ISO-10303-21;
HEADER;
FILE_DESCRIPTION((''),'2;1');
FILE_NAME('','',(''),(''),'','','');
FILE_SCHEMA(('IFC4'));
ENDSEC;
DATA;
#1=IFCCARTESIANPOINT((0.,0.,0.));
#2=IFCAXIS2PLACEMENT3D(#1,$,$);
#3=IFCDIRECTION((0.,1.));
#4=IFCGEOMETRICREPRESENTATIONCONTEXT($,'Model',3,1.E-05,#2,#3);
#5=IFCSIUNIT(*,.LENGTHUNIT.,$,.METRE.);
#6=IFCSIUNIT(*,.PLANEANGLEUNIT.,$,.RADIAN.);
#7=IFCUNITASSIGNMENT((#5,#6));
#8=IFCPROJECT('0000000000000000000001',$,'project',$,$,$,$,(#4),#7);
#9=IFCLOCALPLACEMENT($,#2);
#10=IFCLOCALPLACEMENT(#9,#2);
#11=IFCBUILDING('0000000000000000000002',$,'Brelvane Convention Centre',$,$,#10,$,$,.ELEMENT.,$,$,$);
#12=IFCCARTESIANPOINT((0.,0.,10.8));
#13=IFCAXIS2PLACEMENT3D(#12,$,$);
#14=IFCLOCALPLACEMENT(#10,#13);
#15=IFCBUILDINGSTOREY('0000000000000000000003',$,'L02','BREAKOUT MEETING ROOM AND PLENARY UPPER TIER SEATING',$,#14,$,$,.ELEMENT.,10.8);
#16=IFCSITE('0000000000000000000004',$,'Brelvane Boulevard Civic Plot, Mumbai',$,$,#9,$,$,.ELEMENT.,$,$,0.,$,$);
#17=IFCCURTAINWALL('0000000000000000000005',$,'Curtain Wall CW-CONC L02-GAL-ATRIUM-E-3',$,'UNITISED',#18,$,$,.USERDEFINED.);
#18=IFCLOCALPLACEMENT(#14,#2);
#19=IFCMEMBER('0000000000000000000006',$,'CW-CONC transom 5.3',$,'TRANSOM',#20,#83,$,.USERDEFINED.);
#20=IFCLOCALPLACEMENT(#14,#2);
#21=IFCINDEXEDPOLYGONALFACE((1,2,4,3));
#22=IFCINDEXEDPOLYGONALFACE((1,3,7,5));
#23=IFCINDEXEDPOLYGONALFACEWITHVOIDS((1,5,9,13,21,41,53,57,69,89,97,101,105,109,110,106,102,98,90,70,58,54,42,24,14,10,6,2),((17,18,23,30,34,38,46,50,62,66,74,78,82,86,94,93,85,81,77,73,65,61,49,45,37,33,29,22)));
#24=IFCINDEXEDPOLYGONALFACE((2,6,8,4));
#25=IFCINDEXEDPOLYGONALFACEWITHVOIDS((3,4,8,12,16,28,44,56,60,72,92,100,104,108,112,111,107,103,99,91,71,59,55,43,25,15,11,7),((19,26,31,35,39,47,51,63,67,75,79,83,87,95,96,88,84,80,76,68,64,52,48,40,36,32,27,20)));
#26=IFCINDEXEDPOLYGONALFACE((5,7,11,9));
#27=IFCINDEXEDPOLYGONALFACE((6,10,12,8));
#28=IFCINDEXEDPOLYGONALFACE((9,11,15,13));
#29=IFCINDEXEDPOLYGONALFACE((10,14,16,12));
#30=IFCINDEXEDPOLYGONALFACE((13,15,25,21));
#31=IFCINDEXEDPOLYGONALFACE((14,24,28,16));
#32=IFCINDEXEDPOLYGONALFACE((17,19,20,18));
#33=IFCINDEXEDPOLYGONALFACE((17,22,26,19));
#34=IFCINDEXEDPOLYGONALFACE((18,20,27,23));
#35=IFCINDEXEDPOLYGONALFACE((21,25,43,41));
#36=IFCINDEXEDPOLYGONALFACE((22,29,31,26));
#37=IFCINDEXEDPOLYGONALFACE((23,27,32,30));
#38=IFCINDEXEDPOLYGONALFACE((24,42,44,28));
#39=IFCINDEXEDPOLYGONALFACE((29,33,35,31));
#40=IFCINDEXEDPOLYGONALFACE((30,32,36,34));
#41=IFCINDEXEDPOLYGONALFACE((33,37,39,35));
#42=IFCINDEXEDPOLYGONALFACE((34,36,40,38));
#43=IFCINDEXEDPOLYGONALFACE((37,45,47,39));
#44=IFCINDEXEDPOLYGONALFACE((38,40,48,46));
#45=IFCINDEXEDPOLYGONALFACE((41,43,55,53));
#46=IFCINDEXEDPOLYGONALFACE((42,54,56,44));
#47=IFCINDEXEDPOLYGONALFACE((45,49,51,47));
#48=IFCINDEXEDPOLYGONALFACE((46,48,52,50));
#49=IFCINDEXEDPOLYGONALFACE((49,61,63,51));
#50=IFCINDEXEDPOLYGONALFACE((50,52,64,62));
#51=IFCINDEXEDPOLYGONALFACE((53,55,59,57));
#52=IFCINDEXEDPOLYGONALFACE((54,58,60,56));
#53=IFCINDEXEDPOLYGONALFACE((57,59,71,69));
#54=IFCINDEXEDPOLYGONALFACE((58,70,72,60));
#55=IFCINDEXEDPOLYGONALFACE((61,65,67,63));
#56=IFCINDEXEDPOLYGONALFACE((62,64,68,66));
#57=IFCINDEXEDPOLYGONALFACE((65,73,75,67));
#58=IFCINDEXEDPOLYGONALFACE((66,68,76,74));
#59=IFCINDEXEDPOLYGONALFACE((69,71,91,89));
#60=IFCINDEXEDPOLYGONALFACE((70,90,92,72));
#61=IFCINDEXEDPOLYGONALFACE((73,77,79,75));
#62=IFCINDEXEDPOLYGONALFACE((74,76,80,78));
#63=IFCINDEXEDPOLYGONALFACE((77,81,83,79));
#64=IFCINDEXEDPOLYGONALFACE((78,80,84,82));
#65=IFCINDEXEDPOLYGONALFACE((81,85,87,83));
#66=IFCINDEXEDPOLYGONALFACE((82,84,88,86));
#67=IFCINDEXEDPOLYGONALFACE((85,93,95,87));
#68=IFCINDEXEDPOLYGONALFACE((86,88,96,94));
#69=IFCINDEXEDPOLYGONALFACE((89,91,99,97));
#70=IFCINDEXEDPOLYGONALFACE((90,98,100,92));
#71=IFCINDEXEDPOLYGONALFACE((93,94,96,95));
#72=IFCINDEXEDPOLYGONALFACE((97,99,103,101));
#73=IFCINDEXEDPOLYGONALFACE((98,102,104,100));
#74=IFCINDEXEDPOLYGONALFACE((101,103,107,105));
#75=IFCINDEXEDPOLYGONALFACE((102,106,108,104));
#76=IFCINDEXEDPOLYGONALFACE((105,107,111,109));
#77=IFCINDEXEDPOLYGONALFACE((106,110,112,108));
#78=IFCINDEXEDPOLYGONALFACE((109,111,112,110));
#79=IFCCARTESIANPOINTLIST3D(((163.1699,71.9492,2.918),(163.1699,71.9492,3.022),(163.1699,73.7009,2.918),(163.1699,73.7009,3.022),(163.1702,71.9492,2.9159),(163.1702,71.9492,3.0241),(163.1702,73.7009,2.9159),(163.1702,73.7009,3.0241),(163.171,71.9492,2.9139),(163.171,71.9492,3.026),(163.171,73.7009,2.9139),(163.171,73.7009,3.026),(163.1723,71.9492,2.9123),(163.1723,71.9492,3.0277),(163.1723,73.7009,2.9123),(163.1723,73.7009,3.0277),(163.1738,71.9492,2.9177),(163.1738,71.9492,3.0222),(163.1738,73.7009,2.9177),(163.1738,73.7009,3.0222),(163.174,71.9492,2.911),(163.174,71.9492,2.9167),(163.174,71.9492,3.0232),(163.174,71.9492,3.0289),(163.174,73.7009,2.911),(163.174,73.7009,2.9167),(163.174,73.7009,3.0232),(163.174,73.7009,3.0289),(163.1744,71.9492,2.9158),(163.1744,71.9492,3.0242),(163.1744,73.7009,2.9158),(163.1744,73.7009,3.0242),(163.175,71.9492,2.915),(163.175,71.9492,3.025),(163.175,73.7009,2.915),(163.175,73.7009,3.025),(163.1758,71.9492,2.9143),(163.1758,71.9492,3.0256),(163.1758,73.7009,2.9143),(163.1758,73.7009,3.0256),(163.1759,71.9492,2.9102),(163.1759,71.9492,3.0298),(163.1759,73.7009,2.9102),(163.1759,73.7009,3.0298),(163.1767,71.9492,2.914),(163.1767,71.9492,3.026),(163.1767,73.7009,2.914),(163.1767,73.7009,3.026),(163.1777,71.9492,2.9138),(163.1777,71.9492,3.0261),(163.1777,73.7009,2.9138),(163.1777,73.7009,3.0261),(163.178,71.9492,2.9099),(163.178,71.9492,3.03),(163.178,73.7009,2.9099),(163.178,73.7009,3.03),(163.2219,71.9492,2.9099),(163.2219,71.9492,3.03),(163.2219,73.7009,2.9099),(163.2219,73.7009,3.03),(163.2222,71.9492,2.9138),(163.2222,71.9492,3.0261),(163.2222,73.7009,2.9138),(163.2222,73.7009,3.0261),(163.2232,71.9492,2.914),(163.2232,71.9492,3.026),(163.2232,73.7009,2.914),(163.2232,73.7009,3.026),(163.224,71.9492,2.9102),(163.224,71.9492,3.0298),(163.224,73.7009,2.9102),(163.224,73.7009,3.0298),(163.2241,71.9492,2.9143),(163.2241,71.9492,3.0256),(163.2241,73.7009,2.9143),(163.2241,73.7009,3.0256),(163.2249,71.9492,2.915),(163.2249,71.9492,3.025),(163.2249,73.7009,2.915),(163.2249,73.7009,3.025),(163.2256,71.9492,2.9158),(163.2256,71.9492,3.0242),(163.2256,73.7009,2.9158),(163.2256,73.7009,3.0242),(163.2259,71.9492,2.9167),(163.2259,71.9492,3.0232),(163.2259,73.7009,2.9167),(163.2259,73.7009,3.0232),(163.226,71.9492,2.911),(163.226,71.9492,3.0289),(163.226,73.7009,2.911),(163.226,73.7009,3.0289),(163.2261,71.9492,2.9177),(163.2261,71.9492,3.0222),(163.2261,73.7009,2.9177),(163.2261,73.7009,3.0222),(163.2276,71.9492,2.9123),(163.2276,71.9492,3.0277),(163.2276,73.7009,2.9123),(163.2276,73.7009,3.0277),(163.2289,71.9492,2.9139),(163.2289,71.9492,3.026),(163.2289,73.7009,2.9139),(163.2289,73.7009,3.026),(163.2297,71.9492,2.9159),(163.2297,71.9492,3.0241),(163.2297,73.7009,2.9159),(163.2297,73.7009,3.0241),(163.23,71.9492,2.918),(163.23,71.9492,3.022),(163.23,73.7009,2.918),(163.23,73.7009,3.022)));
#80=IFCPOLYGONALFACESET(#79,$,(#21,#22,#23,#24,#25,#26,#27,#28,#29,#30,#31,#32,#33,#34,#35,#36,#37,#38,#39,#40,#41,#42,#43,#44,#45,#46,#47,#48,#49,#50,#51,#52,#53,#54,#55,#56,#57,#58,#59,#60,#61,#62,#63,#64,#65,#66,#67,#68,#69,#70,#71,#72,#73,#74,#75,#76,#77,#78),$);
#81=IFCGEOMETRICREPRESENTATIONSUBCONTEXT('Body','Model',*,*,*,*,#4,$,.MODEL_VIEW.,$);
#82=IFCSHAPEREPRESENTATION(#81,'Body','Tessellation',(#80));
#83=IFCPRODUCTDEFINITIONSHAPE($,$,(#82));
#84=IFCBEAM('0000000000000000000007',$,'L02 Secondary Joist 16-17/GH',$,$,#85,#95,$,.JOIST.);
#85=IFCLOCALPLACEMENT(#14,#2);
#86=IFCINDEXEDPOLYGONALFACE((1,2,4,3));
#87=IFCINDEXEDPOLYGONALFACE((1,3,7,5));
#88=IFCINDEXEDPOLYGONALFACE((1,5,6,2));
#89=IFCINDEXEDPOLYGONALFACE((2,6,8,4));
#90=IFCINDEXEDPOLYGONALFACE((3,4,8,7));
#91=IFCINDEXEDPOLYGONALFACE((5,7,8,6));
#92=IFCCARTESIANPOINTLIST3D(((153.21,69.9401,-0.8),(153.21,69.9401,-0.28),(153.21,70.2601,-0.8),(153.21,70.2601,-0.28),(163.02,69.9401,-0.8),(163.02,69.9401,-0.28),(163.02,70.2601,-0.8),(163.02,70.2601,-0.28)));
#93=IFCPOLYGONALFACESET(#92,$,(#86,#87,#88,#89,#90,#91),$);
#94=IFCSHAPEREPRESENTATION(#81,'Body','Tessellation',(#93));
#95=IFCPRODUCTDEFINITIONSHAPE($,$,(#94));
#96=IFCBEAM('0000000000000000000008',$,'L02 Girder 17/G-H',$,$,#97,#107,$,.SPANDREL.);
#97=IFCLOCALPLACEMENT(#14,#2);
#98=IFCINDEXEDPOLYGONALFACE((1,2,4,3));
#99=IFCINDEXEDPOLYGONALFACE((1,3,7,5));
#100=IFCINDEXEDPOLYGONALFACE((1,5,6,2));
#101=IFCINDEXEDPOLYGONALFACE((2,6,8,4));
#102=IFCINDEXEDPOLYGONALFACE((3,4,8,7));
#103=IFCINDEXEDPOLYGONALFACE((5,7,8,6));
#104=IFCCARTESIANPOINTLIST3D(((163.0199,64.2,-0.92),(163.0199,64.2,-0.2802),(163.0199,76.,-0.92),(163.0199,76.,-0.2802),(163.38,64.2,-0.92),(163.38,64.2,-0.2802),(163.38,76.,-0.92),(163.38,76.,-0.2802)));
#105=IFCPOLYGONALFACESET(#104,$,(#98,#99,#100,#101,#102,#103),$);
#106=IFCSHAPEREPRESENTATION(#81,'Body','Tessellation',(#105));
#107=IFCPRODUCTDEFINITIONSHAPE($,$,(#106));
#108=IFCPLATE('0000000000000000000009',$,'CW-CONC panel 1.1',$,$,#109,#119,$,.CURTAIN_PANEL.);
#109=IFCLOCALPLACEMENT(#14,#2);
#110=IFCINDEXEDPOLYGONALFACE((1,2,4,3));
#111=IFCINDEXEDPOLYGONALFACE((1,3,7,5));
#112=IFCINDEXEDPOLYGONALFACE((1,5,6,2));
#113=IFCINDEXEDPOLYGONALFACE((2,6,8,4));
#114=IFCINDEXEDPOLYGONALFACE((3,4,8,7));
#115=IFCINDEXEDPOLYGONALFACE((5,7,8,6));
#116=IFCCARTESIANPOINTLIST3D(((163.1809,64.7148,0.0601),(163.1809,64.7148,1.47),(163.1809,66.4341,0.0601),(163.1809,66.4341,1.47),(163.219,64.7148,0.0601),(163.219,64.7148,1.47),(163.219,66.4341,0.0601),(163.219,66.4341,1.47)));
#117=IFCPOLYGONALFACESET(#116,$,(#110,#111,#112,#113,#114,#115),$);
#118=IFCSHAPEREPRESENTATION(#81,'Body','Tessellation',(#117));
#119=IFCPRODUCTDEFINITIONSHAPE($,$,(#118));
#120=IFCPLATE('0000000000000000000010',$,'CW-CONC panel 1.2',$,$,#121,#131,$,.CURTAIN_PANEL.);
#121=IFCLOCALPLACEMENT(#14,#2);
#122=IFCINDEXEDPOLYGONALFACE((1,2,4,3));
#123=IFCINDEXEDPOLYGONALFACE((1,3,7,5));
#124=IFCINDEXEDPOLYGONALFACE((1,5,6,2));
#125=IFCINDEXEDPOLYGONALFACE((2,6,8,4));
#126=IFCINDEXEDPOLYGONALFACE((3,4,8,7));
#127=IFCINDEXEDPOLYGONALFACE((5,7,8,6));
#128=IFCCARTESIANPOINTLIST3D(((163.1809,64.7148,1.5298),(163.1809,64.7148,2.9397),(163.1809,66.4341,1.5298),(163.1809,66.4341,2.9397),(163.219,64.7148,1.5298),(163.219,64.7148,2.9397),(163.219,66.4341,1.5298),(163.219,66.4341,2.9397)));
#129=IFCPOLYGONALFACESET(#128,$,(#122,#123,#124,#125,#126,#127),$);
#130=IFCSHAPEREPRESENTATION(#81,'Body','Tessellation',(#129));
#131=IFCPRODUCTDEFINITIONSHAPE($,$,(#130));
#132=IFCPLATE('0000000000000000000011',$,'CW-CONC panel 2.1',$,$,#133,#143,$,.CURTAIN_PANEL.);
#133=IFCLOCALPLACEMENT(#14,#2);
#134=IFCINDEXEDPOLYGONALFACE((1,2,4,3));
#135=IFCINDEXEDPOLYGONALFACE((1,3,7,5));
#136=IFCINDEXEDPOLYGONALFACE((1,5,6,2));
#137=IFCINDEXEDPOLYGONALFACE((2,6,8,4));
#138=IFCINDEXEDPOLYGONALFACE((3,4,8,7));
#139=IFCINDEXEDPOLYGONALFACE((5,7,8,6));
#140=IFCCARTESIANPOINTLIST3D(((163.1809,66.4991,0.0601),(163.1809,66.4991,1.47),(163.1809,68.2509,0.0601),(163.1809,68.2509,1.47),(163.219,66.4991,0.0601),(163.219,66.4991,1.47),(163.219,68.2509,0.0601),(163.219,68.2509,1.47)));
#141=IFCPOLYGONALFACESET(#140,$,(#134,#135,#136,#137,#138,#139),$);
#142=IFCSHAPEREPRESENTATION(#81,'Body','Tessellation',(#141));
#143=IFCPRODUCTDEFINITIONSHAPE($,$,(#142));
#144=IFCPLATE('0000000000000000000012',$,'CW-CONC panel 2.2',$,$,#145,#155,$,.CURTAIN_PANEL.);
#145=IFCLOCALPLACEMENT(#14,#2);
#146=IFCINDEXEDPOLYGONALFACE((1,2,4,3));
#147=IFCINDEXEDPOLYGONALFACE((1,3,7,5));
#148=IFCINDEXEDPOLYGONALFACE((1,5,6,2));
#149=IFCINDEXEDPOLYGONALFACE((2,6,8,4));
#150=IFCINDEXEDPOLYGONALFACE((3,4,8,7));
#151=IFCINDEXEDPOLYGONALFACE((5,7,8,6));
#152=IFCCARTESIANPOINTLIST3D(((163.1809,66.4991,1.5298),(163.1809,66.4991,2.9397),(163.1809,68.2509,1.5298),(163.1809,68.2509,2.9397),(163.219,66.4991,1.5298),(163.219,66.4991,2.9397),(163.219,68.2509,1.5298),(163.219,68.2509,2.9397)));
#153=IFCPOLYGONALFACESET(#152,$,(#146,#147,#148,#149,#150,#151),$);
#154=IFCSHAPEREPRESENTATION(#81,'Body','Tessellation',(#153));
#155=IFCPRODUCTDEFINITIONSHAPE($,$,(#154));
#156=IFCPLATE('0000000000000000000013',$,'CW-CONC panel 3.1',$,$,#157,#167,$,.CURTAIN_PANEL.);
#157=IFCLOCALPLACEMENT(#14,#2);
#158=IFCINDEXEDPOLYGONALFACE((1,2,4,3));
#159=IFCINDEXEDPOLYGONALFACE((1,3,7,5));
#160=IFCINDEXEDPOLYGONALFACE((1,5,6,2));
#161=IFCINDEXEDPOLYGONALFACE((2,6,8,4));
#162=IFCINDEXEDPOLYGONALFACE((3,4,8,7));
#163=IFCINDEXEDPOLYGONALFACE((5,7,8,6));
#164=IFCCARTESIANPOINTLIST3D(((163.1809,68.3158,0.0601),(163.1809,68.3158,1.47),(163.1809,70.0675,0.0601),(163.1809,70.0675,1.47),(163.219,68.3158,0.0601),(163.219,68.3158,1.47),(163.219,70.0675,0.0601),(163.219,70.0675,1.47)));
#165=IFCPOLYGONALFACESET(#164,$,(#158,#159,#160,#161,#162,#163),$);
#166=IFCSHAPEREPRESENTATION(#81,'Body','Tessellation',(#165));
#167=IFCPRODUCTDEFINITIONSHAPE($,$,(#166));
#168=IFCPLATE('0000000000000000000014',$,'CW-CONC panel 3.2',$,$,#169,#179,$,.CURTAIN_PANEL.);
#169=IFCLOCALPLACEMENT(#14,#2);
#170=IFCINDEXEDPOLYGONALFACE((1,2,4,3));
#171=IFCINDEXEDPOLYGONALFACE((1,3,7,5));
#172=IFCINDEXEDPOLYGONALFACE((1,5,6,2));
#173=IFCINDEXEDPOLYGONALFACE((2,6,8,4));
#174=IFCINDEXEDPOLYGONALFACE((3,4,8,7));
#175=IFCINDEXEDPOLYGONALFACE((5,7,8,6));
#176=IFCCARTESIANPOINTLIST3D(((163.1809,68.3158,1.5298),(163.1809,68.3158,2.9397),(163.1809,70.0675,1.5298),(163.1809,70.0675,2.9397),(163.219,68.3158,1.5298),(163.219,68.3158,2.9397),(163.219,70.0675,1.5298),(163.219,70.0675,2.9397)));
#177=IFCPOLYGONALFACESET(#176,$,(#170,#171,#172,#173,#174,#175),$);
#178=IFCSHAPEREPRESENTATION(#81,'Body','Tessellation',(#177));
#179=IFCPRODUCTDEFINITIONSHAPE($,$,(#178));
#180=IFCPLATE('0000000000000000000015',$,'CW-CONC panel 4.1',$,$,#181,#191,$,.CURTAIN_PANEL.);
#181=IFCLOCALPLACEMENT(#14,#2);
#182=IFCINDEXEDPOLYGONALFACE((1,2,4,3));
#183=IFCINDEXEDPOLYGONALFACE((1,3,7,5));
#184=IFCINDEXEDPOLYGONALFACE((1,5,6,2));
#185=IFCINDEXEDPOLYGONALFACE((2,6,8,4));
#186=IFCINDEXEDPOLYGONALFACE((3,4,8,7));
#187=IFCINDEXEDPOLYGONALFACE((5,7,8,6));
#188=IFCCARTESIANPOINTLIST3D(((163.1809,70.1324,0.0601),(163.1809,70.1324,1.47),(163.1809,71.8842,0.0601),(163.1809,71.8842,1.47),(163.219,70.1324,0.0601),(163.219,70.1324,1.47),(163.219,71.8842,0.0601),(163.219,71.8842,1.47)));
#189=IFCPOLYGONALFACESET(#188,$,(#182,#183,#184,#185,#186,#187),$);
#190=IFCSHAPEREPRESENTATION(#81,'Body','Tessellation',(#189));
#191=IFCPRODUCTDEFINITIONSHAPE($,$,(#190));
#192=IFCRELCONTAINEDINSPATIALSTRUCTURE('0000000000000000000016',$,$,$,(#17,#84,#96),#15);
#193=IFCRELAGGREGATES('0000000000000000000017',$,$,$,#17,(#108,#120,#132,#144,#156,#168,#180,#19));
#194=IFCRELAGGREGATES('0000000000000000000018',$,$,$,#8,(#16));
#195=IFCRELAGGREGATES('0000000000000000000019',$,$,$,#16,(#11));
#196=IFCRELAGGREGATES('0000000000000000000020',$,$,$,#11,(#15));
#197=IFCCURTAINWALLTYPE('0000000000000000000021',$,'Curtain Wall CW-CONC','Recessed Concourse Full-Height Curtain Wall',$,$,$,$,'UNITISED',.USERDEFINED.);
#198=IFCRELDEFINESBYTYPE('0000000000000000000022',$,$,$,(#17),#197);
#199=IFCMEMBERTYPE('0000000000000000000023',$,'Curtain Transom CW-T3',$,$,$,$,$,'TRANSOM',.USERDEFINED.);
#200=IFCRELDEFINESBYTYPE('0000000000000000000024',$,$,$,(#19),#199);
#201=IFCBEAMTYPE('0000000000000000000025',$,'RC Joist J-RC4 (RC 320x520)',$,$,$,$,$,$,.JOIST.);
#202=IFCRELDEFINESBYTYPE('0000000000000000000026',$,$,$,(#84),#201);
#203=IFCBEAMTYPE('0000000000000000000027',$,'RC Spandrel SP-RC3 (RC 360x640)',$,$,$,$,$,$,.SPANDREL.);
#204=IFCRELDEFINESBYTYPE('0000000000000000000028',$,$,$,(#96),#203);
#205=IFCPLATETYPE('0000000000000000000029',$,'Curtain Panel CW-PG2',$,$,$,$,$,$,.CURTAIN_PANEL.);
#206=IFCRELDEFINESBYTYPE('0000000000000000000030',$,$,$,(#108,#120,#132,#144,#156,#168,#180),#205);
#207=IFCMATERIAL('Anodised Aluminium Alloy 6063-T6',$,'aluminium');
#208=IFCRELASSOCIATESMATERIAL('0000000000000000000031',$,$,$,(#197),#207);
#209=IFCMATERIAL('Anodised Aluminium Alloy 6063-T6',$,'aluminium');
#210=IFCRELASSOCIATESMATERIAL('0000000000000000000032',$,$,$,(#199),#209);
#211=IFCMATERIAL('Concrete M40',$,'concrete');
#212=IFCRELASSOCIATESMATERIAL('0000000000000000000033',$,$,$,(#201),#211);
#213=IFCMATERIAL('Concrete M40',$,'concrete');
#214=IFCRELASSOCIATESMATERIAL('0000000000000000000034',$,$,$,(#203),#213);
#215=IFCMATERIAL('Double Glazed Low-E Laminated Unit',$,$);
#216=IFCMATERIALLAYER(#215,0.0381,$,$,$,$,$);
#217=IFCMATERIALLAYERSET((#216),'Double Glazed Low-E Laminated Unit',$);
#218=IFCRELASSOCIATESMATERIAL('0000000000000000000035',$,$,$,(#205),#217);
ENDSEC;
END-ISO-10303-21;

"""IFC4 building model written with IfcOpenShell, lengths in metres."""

from ifc_helpers import new_model, si_unit, direction, frame, origin, origin_2d, place, context, subcontext, project, spatial, rectangle, hollow_rectangle, extrude, material, layer, layer_set, material_profile, profile_set, type_object, element, aggregate, save


model = new_model("IFC4")

# Units and contexts
model_context = context("Model", 3, precision=1e-05, world=origin(), true_north=direction((0.0, 1.0)))
body_context = subcontext(model_context, "Body", "Model", "MODEL_VIEW")
ifc_project = project(units=[si_unit("LENGTHUNIT", "METRE"), si_unit("PLANEANGLEUNIT", "RADIAN")], contexts=[model_context])

# Site, building, storey
site_placement = place(None, origin())
site = spatial("IfcSite", under=ifc_project, at=site_placement, Name="Brelvane Boulevard Civic Plot, Mumbai", CompositionType="ELEMENT", RefElevation=0.0)
building_placement = place(site_placement, origin())
building = spatial("IfcBuilding", under=site, at=building_placement, Name="Brelvane Convention Centre", CompositionType="ELEMENT")
storey_placement = place(building_placement, frame((0.0, 0.0, 10.8)))
storey = spatial("IfcBuildingStorey", under=building, at=storey_placement, Name="L02", Description="BREAKOUT MEETING ROOM AND PLENARY UPPER TIER SEATING", CompositionType="ELEMENT", Elevation=10.8)

# Curtain wall, member
ifc_material_1 = material(Name="Anodised Aluminium Alloy 6063-T6", Category="aluminium")
curtain_wall_type = type_object("IfcCurtainWallType", Name="Curtain Wall CW-CONC", Description="Recessed Concourse Full-Height Curtain Wall", ElementType="UNITISED", PredefinedType="USERDEFINED", material=ifc_material_1)
curtain_wall_placement = place(storey_placement, origin())
curtain_wall = element("IfcCurtainWall", 1, at=curtain_wall_placement, inside=storey, type_object=curtain_wall_type, Name="Curtain Wall CW-CONC L02-GAL-ATRIUM-E-3", ObjectType="UNITISED", PredefinedType="USERDEFINED")
ifc_material_2 = material(Name="Anodised Aluminium Alloy 6063-T6", Category="aluminium")
ifc_material_profile_1 = material_profile(ifc_material_2, hollow_rectangle(XDim=0.0601, YDim=0.1201, WallThickness=0.0039, InnerFilletRadius=0.0039, OuterFilletRadius=0.0081, at=origin_2d()), Name="ALU-T 120x60x4.0")
ifc_profile_set_1 = profile_set([ifc_material_profile_1], Name="Anodised Aluminium Alloy 6063-T6")
member_type_1 = type_object("IfcMemberType", Name="Curtain Transom CW-T3", ElementType="TRANSOM", PredefinedType="USERDEFINED", material=ifc_profile_set_1)
member_1_placement = place(storey_placement, frame((163.2, 71.9492, 2.97), z_axis=(0.0, 1.0, 0.0), x_axis=(-1.0, 0.0, 0.0)))
member_1 = element("IfcMember", 2, at=member_1_placement, type_object=member_type_1, Name="CW-CONC transom 5.3", ObjectType="TRANSOM", PredefinedType="USERDEFINED", context=body_context, shape_type="SweptSolid", body=[
    extrude(hollow_rectangle(XDim=0.0601, YDim=0.1201, WallThickness=0.0039, InnerFilletRadius=0.0039, OuterFilletRadius=0.0081, at=origin_2d()), origin(), (0.0, 0.0, 1.0), 1.7517),
])

# Beams
ifc_material_3 = material(Name="Concrete M40", Category="concrete")
ifc_material_profile_2 = material_profile(ifc_material_3, rectangle(XDim=0.3201, YDim=0.52, at=origin_2d()), Name="RC 320x520")
ifc_profile_set_2 = profile_set([ifc_material_profile_2], Name="Concrete M40")
beam_type_1 = type_object("IfcBeamType", Name="RC Joist J-RC4 (RC 320x520)", PredefinedType="JOIST", material=ifc_profile_set_2)
beam_1_placement = place(storey_placement, frame((153.21, 70.1001, -0.54), z_axis=(1.0, 0.0, 0.0), x_axis=(0.0, 1.0, 0.0)))
element("IfcBeam", 3, at=beam_1_placement, inside=storey, type_object=beam_type_1, Name="L02 Secondary Joist 16-17/GH", PredefinedType="JOIST", context=body_context, shape_type="SweptSolid", body=[
    extrude(rectangle(XDim=0.3201, YDim=0.52, at=origin_2d()), origin(), (0.0, 0.0, 1.0), 9.8101),
])
ifc_material_4 = material(Name="Concrete M40", Category="concrete")
ifc_material_profile_3 = material_profile(ifc_material_4, rectangle(XDim=0.3601, YDim=0.6399, at=origin_2d()), Name="RC 360x640")
ifc_profile_set_3 = profile_set([ifc_material_profile_3], Name="Concrete M40")
beam_type_2 = type_object("IfcBeamType", Name="RC Spandrel SP-RC3 (RC 360x640)", PredefinedType="SPANDREL", material=ifc_profile_set_3)
beam_2_placement = place(storey_placement, frame((163.2, 64.2, -0.6001), z_axis=(0.0, 1.0, 0.0), x_axis=(-1.0, 0.0, 0.0)))
element("IfcBeam", 4, at=beam_2_placement, inside=storey, type_object=beam_type_2, Name="L02 Girder 17/G-H", PredefinedType="SPANDREL", context=body_context, shape_type="SweptSolid", body=[
    extrude(rectangle(XDim=0.3601, YDim=0.6399, at=origin_2d()), origin(), (0.0, 0.0, 1.0), 11.8),
])

# Plates
ifc_material_5 = material(Name="Double Glazed Low-E Laminated Unit")
ifc_layer = layer(ifc_material_5, 0.0381)
ifc_layer_set = layer_set([ifc_layer], Name="Double Glazed Low-E Laminated Unit")
plate_type = type_object("IfcPlateType", Name="Curtain Panel CW-PG2", PredefinedType="CURTAIN_PANEL", material=ifc_layer_set)
plate_1_placement = place(storey_placement, frame((163.2, 65.5745, 0.0601), z_axis=(0.0, 0.0, 1.0), x_axis=(0.0, 1.0, 0.0)))
plate_1 = element("IfcPlate", 5, at=plate_1_placement, type_object=plate_type, Name="CW-CONC panel 1.1", PredefinedType="CURTAIN_PANEL", context=body_context, shape_type="SweptSolid", body=[
    extrude(rectangle(XDim=1.7192, YDim=0.0381, at=origin_2d()), origin(), (0.0, 0.0, 1.0), 1.4099),
])
plate_2_placement = place(storey_placement, frame((163.2, 65.5745, 1.5298), z_axis=(0.0, 0.0, 1.0), x_axis=(0.0, 1.0, 0.0)))
plate_2 = element("IfcPlate", 6, at=plate_2_placement, type_object=plate_type, Name="CW-CONC panel 1.2", PredefinedType="CURTAIN_PANEL", context=body_context, shape_type="SweptSolid", body=[
    extrude(rectangle(XDim=1.7192, YDim=0.0381, at=origin_2d()), origin(), (0.0, 0.0, 1.0), 1.4099),
])
plate_3_placement = place(storey_placement, frame((163.2, 67.375, 0.0601), z_axis=(0.0, 0.0, 1.0), x_axis=(0.0, 1.0, 0.0)))
plate_3 = element("IfcPlate", 7, at=plate_3_placement, type_object=plate_type, Name="CW-CONC panel 2.1", PredefinedType="CURTAIN_PANEL", context=body_context, shape_type="SweptSolid", body=[
    extrude(rectangle(XDim=1.7517, YDim=0.0381, at=origin_2d()), origin(), (0.0, 0.0, 1.0), 1.4099),
])
plate_4_placement = place(storey_placement, frame((163.2, 67.375, 1.5298), z_axis=(0.0, 0.0, 1.0), x_axis=(0.0, 1.0, 0.0)))
plate_4 = element("IfcPlate", 8, at=plate_4_placement, type_object=plate_type, Name="CW-CONC panel 2.2", PredefinedType="CURTAIN_PANEL", context=body_context, shape_type="SweptSolid", body=[
    extrude(rectangle(XDim=1.7517, YDim=0.0381, at=origin_2d()), origin(), (0.0, 0.0, 1.0), 1.4099),
])
plate_5_placement = place(storey_placement, frame((163.2, 69.1917, 0.0601), z_axis=(0.0, 0.0, 1.0), x_axis=(0.0, 1.0, 0.0)))
plate_5 = element("IfcPlate", 9, at=plate_5_placement, type_object=plate_type, Name="CW-CONC panel 3.1", PredefinedType="CURTAIN_PANEL", context=body_context, shape_type="SweptSolid", body=[
    extrude(rectangle(XDim=1.7517, YDim=0.0381, at=origin_2d()), origin(), (0.0, 0.0, 1.0), 1.4099),
])
plate_6_placement = place(storey_placement, frame((163.2, 69.1917, 1.5298), z_axis=(0.0, 0.0, 1.0), x_axis=(0.0, 1.0, 0.0)))
plate_6 = element("IfcPlate", 10, at=plate_6_placement, type_object=plate_type, Name="CW-CONC panel 3.2", PredefinedType="CURTAIN_PANEL", context=body_context, shape_type="SweptSolid", body=[
    extrude(rectangle(XDim=1.7517, YDim=0.0381, at=origin_2d()), origin(), (0.0, 0.0, 1.0), 1.4099),
])
plate_7_placement = place(storey_placement, frame((163.2, 71.0083, 0.0601), z_axis=(0.0, 0.0, 1.0), x_axis=(0.0, 1.0, 0.0)))
plate_7 = element("IfcPlate", 11, at=plate_7_placement, type_object=plate_type, Name="CW-CONC panel 4.1", PredefinedType="CURTAIN_PANEL", context=body_context, shape_type="SweptSolid", body=[
    extrude(rectangle(XDim=1.7517, YDim=0.0381, at=origin_2d()), origin(), (0.0, 0.0, 1.0), 1.4099),
])
aggregate(curtain_wall, [plate_1, plate_2, plate_3, plate_4, plate_5, plate_6, plate_7, member_1])

save(model, "model.ifc")
